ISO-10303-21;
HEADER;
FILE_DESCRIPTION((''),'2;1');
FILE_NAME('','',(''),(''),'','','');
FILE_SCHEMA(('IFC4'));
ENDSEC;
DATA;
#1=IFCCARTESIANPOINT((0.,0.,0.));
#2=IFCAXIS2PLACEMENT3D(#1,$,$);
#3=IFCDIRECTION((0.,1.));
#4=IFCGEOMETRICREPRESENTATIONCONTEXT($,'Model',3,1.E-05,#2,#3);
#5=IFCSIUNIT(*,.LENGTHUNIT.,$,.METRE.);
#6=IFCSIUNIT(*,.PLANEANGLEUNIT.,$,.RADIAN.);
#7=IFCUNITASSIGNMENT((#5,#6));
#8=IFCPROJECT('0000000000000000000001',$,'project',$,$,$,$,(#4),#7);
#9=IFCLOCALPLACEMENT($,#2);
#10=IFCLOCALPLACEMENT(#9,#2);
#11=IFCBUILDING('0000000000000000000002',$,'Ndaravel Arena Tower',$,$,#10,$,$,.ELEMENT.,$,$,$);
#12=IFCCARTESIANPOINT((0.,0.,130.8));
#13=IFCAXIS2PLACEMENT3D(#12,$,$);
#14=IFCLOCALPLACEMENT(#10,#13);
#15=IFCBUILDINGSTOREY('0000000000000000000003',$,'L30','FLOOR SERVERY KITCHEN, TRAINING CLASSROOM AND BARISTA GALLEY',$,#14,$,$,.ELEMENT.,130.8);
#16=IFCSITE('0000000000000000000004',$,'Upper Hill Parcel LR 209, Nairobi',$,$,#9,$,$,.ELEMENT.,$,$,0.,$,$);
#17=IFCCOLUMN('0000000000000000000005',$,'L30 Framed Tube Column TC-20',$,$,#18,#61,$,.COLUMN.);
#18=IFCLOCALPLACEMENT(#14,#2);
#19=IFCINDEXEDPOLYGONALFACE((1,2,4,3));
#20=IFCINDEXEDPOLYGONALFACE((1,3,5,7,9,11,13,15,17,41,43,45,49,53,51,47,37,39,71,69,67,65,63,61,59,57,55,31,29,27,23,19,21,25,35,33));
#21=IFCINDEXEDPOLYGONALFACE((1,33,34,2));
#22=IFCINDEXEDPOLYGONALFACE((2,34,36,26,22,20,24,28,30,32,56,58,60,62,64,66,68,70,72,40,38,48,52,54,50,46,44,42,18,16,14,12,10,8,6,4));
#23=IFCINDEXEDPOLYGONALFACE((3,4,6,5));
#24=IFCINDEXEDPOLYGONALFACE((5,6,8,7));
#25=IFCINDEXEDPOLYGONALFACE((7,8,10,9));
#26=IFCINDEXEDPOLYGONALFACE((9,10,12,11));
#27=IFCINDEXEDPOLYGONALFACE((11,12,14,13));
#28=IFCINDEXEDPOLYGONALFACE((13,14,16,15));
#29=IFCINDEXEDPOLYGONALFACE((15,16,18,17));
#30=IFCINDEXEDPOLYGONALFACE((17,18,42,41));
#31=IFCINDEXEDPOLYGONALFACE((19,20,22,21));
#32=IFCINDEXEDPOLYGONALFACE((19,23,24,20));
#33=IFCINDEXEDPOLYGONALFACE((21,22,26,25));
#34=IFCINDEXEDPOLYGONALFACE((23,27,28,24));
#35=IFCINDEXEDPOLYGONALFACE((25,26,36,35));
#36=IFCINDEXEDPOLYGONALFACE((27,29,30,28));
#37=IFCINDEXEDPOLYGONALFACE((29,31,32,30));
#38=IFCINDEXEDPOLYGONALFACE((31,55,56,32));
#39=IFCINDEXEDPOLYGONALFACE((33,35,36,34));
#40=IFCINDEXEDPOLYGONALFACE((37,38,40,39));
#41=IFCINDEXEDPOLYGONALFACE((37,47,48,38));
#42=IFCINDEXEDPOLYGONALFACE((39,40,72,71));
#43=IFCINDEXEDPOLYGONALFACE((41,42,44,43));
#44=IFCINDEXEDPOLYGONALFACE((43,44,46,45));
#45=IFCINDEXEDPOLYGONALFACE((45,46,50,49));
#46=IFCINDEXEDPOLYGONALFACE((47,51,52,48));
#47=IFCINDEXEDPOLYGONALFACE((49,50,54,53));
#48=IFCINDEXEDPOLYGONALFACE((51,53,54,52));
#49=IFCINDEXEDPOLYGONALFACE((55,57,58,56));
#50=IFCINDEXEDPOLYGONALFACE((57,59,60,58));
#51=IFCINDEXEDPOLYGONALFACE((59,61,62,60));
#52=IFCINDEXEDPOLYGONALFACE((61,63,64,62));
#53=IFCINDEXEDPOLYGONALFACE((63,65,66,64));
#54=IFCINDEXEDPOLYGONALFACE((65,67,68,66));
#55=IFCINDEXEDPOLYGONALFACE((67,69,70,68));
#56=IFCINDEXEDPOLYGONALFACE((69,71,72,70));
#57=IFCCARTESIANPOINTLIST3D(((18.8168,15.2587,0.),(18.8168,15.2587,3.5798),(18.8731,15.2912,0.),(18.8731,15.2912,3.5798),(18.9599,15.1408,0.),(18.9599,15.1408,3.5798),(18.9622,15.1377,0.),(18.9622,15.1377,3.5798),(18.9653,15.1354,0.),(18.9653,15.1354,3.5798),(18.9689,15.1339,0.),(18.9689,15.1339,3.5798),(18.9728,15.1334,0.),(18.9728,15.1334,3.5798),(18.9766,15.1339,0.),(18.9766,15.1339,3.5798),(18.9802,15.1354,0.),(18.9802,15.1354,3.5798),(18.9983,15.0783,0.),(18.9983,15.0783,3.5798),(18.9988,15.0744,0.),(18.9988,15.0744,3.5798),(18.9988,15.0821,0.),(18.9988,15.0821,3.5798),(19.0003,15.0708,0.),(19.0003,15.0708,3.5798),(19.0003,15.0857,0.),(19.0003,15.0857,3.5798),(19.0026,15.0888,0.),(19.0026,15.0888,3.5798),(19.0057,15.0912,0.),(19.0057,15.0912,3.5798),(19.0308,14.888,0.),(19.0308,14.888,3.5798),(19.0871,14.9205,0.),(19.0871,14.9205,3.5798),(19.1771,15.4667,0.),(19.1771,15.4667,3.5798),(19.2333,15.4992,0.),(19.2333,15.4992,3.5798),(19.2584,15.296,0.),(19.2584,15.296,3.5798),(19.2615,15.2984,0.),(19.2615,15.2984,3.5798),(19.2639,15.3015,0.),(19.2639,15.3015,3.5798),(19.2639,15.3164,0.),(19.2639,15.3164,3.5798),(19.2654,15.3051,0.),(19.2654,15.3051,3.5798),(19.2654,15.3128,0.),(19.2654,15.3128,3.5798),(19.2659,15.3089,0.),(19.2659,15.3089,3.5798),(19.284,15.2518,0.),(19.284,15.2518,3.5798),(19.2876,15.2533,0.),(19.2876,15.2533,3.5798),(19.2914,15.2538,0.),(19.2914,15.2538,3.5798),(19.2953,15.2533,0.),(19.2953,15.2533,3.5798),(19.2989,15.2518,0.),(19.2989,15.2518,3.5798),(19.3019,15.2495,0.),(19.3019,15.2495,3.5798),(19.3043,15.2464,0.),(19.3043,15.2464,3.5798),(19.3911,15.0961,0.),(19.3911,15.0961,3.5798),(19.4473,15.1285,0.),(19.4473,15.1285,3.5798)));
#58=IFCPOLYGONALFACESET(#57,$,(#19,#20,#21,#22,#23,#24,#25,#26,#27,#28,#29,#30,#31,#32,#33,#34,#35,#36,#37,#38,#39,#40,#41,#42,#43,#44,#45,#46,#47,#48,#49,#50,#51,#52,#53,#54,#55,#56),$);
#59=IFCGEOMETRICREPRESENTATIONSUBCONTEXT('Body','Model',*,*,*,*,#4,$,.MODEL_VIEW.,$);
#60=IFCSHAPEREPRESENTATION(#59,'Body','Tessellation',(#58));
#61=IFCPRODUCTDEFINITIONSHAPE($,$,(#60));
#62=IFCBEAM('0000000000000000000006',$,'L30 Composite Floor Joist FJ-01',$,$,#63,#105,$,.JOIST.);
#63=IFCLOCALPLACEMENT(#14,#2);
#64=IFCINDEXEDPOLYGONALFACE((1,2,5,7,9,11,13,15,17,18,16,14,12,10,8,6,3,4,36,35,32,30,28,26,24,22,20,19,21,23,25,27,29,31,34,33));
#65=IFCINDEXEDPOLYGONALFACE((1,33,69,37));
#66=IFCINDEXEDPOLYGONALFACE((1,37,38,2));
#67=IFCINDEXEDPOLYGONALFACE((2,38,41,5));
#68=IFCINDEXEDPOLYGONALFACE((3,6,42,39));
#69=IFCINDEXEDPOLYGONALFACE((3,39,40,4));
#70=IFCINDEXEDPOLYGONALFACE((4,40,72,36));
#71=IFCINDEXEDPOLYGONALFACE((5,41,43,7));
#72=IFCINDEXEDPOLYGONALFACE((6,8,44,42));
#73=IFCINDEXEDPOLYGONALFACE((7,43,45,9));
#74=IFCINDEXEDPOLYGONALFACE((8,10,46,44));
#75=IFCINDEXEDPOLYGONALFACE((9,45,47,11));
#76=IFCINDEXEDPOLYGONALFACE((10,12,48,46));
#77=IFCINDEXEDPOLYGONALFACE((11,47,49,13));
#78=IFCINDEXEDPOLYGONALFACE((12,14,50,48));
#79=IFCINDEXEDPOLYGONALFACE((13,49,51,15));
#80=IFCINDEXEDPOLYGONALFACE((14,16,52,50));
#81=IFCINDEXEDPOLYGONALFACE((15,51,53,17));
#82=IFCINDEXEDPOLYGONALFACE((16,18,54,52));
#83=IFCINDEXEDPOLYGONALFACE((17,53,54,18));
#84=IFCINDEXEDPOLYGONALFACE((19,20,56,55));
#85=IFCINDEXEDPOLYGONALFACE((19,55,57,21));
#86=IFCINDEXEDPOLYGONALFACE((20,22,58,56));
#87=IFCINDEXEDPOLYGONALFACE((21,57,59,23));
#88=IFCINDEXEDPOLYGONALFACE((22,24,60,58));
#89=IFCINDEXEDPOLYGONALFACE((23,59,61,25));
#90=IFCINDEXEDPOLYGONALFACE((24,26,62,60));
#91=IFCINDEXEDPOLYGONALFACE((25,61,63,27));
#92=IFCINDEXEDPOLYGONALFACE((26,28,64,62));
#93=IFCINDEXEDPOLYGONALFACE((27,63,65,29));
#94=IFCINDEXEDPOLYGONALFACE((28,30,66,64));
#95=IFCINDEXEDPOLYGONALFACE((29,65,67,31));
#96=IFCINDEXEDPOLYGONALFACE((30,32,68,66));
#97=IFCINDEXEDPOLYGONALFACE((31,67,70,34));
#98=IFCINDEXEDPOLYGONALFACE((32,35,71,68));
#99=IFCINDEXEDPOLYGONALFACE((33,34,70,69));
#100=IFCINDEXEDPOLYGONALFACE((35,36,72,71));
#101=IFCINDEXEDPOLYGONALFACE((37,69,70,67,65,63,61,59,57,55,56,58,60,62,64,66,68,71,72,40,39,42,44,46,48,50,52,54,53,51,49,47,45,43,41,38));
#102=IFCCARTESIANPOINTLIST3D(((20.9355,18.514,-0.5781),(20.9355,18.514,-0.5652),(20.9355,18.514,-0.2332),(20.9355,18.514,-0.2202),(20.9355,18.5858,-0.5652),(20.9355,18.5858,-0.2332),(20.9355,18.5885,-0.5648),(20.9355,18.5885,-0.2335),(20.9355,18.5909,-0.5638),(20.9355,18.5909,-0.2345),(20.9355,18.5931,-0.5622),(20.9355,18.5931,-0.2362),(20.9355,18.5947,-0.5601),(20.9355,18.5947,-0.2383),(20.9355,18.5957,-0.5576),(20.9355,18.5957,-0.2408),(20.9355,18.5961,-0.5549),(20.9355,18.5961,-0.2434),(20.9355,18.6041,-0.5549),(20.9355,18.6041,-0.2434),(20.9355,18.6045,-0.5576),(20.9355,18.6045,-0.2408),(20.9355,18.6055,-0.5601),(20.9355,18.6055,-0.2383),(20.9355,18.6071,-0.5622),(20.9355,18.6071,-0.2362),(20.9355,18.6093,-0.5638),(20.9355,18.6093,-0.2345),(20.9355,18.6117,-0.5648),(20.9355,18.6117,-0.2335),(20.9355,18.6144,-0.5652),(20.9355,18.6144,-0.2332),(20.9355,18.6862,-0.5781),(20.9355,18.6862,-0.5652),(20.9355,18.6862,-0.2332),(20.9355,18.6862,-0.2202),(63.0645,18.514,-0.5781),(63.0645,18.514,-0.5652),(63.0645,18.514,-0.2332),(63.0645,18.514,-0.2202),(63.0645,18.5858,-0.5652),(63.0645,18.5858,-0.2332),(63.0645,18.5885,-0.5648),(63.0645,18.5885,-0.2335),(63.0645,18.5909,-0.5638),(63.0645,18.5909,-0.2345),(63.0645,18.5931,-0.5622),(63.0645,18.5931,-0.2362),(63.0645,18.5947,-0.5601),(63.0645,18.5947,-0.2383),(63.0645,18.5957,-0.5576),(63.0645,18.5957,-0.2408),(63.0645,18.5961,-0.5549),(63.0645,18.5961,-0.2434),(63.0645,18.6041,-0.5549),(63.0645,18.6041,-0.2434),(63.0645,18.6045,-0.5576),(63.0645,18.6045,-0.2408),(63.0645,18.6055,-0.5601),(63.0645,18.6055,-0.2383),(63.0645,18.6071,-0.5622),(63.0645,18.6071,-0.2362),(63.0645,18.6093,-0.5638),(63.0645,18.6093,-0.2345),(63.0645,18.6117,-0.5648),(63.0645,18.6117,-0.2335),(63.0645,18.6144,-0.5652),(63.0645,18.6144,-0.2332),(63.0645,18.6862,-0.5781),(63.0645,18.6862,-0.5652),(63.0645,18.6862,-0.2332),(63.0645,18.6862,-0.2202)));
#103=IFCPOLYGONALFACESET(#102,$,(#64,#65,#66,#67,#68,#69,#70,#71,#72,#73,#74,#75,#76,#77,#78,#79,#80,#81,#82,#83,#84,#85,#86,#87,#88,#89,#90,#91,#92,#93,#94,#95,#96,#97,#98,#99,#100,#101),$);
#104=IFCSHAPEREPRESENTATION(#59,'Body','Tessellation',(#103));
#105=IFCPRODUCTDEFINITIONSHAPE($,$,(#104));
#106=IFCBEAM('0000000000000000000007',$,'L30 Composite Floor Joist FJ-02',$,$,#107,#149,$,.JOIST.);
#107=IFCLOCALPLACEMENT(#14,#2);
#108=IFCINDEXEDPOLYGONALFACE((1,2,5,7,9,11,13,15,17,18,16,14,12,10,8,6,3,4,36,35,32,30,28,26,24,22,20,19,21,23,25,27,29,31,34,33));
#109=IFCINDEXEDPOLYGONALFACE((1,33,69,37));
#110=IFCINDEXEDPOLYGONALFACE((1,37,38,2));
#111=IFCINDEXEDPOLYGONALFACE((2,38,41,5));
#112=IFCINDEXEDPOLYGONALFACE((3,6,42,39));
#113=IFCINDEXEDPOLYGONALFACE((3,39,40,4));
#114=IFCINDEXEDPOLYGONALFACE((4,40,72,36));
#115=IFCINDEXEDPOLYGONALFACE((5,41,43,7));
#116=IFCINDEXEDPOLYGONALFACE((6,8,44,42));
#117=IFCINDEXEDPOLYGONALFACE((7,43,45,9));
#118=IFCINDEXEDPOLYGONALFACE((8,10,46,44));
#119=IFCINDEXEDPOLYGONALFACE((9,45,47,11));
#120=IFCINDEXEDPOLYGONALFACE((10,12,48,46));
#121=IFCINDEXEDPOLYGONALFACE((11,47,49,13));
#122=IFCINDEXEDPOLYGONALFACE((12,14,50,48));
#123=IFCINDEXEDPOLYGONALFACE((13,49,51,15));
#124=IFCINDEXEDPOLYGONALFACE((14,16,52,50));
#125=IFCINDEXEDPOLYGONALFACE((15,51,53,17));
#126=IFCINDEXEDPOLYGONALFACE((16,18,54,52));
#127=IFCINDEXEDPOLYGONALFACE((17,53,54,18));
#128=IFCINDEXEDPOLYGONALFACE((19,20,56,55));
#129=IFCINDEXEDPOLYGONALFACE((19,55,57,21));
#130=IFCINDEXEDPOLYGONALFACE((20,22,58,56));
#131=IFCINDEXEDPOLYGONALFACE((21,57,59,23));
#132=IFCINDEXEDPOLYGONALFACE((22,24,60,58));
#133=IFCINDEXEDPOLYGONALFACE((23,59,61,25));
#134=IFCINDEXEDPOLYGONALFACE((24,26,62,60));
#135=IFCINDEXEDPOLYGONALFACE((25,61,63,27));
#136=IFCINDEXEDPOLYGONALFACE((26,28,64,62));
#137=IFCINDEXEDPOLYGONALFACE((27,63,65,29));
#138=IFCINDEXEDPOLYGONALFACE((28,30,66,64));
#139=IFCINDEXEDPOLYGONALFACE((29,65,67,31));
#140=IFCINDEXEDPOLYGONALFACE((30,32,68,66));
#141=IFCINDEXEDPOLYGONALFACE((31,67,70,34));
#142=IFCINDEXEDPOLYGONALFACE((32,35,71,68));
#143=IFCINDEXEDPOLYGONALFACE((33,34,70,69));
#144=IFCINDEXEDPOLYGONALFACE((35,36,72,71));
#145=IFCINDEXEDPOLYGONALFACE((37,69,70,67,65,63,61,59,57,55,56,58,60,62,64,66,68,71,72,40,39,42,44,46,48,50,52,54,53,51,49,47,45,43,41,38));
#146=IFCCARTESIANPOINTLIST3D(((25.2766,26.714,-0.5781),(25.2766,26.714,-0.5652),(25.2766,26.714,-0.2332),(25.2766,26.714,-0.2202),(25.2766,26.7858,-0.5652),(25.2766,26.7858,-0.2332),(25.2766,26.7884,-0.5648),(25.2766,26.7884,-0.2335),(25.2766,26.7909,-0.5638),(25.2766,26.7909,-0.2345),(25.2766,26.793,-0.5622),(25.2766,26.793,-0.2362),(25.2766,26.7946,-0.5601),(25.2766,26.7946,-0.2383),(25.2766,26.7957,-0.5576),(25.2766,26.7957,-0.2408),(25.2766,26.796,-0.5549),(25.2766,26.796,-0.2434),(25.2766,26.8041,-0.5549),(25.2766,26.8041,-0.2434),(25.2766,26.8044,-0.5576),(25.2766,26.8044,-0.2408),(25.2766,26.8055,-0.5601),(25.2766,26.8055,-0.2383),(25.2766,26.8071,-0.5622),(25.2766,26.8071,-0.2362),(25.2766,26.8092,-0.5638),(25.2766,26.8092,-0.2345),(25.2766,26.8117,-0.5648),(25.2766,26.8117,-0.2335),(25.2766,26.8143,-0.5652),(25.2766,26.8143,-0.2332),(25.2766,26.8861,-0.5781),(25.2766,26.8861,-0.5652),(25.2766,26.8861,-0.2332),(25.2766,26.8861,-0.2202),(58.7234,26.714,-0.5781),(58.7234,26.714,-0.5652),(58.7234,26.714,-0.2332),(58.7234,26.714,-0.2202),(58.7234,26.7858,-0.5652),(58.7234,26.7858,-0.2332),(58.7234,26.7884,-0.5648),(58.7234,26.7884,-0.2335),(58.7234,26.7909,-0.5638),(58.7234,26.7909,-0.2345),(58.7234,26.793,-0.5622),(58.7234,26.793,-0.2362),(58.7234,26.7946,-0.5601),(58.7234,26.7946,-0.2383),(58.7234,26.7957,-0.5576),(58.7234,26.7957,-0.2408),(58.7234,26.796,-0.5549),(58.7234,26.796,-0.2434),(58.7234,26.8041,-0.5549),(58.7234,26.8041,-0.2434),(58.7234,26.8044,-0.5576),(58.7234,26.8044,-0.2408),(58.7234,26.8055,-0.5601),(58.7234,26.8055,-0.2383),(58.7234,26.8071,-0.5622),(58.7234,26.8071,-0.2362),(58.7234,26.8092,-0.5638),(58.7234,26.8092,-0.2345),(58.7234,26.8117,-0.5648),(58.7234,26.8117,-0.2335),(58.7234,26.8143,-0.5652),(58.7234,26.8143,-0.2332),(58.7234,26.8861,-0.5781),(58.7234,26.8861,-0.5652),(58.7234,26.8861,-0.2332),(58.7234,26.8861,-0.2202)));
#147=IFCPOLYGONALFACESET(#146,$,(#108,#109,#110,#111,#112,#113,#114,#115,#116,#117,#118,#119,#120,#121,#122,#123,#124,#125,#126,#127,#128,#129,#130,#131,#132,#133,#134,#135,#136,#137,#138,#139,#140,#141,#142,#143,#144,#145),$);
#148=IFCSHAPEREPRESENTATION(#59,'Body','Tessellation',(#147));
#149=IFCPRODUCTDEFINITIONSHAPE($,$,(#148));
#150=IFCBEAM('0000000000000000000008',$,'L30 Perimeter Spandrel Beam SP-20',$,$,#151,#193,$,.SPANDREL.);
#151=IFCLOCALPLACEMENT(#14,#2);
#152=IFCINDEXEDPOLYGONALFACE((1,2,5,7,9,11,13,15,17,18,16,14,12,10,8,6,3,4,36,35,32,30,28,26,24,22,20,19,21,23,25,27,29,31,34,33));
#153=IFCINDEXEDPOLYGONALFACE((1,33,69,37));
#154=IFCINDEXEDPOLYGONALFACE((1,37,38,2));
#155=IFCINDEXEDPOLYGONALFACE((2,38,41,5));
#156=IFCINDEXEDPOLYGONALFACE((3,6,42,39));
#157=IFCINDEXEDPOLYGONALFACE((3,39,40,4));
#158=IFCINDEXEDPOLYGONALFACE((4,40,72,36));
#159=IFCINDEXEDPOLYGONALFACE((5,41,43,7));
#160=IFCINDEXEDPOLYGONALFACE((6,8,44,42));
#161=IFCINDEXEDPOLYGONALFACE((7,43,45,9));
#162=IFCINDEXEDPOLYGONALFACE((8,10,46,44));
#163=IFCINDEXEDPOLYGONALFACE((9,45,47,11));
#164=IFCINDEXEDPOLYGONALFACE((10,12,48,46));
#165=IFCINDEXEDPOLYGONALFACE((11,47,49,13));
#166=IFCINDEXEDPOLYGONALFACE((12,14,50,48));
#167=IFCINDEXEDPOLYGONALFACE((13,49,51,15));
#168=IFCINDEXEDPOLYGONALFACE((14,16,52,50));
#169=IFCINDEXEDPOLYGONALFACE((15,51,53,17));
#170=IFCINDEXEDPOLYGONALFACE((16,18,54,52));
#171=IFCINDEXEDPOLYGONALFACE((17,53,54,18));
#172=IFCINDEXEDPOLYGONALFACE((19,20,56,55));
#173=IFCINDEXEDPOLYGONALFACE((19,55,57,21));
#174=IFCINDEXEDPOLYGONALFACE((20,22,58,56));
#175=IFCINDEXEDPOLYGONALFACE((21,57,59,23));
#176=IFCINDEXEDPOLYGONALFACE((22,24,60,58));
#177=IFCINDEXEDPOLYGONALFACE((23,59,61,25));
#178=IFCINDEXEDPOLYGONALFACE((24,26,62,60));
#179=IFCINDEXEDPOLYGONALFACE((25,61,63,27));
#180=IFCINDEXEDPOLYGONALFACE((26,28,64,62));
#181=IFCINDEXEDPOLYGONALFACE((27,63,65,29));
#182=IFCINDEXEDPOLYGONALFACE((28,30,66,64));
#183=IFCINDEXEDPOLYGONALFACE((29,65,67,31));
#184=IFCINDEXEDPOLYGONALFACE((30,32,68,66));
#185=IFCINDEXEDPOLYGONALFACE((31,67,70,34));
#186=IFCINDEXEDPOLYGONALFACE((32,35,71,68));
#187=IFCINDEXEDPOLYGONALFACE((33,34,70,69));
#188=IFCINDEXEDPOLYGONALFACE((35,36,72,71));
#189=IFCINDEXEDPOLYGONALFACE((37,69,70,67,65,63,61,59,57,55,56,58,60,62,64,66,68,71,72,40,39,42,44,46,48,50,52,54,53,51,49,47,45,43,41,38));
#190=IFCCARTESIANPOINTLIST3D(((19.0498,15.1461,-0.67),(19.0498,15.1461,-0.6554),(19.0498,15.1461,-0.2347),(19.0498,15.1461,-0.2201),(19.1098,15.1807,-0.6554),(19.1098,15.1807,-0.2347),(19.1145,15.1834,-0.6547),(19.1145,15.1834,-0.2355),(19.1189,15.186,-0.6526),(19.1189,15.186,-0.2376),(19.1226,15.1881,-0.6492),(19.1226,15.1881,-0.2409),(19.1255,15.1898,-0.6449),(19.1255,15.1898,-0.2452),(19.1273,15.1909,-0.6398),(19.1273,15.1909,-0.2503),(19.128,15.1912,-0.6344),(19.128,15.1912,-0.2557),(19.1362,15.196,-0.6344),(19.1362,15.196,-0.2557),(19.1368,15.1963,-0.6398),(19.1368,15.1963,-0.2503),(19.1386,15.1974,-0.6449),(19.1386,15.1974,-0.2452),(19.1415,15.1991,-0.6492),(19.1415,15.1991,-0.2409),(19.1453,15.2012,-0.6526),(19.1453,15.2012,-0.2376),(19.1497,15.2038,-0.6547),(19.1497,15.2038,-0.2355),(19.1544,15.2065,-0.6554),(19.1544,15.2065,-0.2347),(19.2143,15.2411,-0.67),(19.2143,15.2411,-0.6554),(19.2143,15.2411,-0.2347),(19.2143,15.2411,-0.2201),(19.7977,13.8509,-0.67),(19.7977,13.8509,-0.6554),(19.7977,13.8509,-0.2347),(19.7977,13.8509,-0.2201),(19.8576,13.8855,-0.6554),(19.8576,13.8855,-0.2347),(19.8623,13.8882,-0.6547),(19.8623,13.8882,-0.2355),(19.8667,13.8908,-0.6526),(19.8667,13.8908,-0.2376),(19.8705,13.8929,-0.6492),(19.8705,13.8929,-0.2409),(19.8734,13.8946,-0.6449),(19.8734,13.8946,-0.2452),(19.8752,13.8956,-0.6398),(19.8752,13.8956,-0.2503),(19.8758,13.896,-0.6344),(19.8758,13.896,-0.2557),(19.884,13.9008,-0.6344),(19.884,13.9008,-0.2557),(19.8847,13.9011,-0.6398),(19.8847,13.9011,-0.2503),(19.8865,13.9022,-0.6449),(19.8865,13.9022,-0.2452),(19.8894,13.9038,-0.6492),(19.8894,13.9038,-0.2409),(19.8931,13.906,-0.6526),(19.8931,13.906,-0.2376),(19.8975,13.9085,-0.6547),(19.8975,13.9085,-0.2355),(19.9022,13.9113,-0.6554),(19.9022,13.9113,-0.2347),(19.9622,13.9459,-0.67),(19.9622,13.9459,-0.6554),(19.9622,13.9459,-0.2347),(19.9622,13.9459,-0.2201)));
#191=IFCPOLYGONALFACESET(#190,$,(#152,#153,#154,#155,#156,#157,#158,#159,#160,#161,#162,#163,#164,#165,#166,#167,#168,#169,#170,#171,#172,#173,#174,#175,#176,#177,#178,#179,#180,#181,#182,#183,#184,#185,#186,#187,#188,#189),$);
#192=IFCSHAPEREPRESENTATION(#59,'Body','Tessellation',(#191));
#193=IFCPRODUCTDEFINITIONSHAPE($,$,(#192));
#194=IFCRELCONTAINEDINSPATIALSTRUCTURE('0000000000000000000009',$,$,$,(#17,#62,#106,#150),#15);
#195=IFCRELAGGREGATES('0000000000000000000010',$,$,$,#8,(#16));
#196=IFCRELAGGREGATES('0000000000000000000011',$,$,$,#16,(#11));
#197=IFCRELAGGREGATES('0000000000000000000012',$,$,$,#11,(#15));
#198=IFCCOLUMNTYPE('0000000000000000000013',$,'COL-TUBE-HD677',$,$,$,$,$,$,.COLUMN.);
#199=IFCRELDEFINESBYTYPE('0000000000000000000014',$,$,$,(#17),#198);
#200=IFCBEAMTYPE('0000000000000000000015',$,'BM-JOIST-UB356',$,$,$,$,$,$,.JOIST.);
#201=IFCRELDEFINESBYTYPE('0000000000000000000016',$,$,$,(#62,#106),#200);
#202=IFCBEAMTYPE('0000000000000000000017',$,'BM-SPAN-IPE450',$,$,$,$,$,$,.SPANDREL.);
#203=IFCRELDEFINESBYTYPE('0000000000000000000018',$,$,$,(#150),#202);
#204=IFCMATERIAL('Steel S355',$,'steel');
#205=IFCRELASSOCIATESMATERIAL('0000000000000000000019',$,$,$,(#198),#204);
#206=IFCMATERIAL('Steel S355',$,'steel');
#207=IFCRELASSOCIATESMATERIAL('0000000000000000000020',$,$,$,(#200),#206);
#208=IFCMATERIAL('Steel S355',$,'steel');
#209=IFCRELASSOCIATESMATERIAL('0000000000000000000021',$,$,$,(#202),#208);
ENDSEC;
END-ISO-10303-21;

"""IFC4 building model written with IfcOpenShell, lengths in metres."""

from ifc_helpers import new_model, si_unit, direction, frame, origin, origin_2d, place, context, subcontext, project, spatial, i_section, extrude, material, material_profile, profile_set, type_object, element, save


model = new_model("IFC4")

# Units and contexts
model_context = context("Model", 3, precision=1e-05, world=origin(), true_north=direction((0.0, 1.0)))
body_context = subcontext(model_context, "Body", "Model", "MODEL_VIEW")
ifc_project = project(units=[si_unit("LENGTHUNIT", "METRE"), si_unit("PLANEANGLEUNIT", "RADIAN")], contexts=[model_context])

# Site, building, storey
site_placement = place(None, origin())
site = spatial("IfcSite", under=ifc_project, at=site_placement, Name="Upper Hill Parcel LR 209, Nairobi", CompositionType="ELEMENT", RefElevation=0.0)
building_placement = place(site_placement, origin())
building = spatial("IfcBuilding", under=site, at=building_placement, Name="Ndaravel Arena Tower", CompositionType="ELEMENT")
storey_placement = place(building_placement, frame((0.0, 0.0, 130.8)))
storey = spatial("IfcBuildingStorey", under=building, at=storey_placement, Name="L30", Description="FLOOR SERVERY KITCHEN, TRAINING CLASSROOM AND BARISTA GALLEY", CompositionType="ELEMENT", Elevation=130.8)

# Column
ifc_material_1 = material(Name="Steel S355", Category="steel")
ifc_material_profile_1 = material_profile(ifc_material_1, i_section(OverallWidth=0.428, OverallDepth=0.481, WebThickness=0.051, FlangeThickness=0.0649, FilletRadius=0.0149, at=origin_2d()), Name="HD 400x677")
ifc_profile_set_1 = profile_set([ifc_material_profile_1], Name="Steel S355")
column_type = type_object("IfcColumnType", Name="COL-TUBE-HD677", PredefinedType="COLUMN", material=ifc_profile_set_1)
column_placement = place(storey_placement, frame((19.1321, 15.1936, 0.0), z_axis=(0.0, 0.0, 1.0), x_axis=(-0.5, 0.866025, 0.0)))
element("IfcColumn", 1, at=column_placement, inside=storey, type_object=column_type, Name="L30 Framed Tube Column TC-20", PredefinedType="COLUMN", context=body_context, shape_type="SweptSolid", body=[
    extrude(i_section(OverallWidth=0.428, OverallDepth=0.481, WebThickness=0.051, FlangeThickness=0.0649, FilletRadius=0.0149, at=origin_2d()), origin(), (0.0, 0.0, 1.0), 3.5798),
])

# Beams
ifc_material_2 = material(Name="Steel S355", Category="steel")
ifc_material_profile_2 = material_profile(ifc_material_2, i_section(OverallWidth=0.1721, OverallDepth=0.3579, WebThickness=0.0081, FlangeThickness=0.0129, FilletRadius=0.0103, at=origin_2d()), Name="UB 356x171x57")
ifc_profile_set_2 = profile_set([ifc_material_profile_2], Name="Steel S355")
beam_type_1 = type_object("IfcBeamType", Name="BM-JOIST-UB356", PredefinedType="JOIST", material=ifc_profile_set_2)
beam_1_placement = place(storey_placement, frame((20.9355, 18.6001, -0.3992), z_axis=(1.0, 0.0, 0.0), x_axis=(0.0, 1.0, 0.0)))
element("IfcBeam", 2, at=beam_1_placement, inside=storey, type_object=beam_type_1, Name="L30 Composite Floor Joist FJ-01", PredefinedType="JOIST", context=body_context, shape_type="SweptSolid", body=[
    extrude(i_section(OverallWidth=0.1721, OverallDepth=0.3579, WebThickness=0.0081, FlangeThickness=0.0129, FilletRadius=0.0103, at=origin_2d()), origin(), (0.0, 0.0, 1.0), 42.1289),
])
beam_2_placement = place(storey_placement, frame((25.2766, 26.8, -0.3992), z_axis=(1.0, 0.0, 0.0), x_axis=(0.0, 1.0, 0.0)))
element("IfcBeam", 3, at=beam_2_placement, inside=storey, type_object=beam_type_1, Name="L30 Composite Floor Joist FJ-02", PredefinedType="JOIST", context=body_context, shape_type="SweptSolid", body=[
    extrude(i_section(OverallWidth=0.1721, OverallDepth=0.3579, WebThickness=0.0081, FlangeThickness=0.0129, FilletRadius=0.0103, at=origin_2d()), origin(), (0.0, 0.0, 1.0), 33.4468),
])
ifc_material_3 = material(Name="Steel S355", Category="steel")
ifc_material_profile_3 = material_profile(ifc_material_3, i_section(OverallWidth=0.1899, OverallDepth=0.45, WebThickness=0.0095, FlangeThickness=0.0146, FilletRadius=0.021, at=origin_2d()), Name="IPE 450")
ifc_profile_set_3 = profile_set([ifc_material_profile_3], Name="Steel S355")
beam_type_2 = type_object("IfcBeamType", Name="BM-SPAN-IPE450", PredefinedType="SPANDREL", material=ifc_profile_set_3)
beam_3_placement = place(storey_placement, frame((19.1321, 15.1936, -0.4451), z_axis=(0.500019, -0.866014, 0.0), x_axis=(0.866014, 0.500019, 0.0)))
element("IfcBeam", 4, at=beam_3_placement, inside=storey, type_object=beam_type_2, Name="L30 Perimeter Spandrel Beam SP-20", PredefinedType="SPANDREL", context=body_context, shape_type="SweptSolid", body=[
    extrude(i_section(OverallWidth=0.1899, OverallDepth=0.45, WebThickness=0.0095, FlangeThickness=0.0146, FilletRadius=0.021, at=origin_2d()), origin(), (0.0, 0.0, 1.0), 1.4956),
])

save(model, "model.ifc")
